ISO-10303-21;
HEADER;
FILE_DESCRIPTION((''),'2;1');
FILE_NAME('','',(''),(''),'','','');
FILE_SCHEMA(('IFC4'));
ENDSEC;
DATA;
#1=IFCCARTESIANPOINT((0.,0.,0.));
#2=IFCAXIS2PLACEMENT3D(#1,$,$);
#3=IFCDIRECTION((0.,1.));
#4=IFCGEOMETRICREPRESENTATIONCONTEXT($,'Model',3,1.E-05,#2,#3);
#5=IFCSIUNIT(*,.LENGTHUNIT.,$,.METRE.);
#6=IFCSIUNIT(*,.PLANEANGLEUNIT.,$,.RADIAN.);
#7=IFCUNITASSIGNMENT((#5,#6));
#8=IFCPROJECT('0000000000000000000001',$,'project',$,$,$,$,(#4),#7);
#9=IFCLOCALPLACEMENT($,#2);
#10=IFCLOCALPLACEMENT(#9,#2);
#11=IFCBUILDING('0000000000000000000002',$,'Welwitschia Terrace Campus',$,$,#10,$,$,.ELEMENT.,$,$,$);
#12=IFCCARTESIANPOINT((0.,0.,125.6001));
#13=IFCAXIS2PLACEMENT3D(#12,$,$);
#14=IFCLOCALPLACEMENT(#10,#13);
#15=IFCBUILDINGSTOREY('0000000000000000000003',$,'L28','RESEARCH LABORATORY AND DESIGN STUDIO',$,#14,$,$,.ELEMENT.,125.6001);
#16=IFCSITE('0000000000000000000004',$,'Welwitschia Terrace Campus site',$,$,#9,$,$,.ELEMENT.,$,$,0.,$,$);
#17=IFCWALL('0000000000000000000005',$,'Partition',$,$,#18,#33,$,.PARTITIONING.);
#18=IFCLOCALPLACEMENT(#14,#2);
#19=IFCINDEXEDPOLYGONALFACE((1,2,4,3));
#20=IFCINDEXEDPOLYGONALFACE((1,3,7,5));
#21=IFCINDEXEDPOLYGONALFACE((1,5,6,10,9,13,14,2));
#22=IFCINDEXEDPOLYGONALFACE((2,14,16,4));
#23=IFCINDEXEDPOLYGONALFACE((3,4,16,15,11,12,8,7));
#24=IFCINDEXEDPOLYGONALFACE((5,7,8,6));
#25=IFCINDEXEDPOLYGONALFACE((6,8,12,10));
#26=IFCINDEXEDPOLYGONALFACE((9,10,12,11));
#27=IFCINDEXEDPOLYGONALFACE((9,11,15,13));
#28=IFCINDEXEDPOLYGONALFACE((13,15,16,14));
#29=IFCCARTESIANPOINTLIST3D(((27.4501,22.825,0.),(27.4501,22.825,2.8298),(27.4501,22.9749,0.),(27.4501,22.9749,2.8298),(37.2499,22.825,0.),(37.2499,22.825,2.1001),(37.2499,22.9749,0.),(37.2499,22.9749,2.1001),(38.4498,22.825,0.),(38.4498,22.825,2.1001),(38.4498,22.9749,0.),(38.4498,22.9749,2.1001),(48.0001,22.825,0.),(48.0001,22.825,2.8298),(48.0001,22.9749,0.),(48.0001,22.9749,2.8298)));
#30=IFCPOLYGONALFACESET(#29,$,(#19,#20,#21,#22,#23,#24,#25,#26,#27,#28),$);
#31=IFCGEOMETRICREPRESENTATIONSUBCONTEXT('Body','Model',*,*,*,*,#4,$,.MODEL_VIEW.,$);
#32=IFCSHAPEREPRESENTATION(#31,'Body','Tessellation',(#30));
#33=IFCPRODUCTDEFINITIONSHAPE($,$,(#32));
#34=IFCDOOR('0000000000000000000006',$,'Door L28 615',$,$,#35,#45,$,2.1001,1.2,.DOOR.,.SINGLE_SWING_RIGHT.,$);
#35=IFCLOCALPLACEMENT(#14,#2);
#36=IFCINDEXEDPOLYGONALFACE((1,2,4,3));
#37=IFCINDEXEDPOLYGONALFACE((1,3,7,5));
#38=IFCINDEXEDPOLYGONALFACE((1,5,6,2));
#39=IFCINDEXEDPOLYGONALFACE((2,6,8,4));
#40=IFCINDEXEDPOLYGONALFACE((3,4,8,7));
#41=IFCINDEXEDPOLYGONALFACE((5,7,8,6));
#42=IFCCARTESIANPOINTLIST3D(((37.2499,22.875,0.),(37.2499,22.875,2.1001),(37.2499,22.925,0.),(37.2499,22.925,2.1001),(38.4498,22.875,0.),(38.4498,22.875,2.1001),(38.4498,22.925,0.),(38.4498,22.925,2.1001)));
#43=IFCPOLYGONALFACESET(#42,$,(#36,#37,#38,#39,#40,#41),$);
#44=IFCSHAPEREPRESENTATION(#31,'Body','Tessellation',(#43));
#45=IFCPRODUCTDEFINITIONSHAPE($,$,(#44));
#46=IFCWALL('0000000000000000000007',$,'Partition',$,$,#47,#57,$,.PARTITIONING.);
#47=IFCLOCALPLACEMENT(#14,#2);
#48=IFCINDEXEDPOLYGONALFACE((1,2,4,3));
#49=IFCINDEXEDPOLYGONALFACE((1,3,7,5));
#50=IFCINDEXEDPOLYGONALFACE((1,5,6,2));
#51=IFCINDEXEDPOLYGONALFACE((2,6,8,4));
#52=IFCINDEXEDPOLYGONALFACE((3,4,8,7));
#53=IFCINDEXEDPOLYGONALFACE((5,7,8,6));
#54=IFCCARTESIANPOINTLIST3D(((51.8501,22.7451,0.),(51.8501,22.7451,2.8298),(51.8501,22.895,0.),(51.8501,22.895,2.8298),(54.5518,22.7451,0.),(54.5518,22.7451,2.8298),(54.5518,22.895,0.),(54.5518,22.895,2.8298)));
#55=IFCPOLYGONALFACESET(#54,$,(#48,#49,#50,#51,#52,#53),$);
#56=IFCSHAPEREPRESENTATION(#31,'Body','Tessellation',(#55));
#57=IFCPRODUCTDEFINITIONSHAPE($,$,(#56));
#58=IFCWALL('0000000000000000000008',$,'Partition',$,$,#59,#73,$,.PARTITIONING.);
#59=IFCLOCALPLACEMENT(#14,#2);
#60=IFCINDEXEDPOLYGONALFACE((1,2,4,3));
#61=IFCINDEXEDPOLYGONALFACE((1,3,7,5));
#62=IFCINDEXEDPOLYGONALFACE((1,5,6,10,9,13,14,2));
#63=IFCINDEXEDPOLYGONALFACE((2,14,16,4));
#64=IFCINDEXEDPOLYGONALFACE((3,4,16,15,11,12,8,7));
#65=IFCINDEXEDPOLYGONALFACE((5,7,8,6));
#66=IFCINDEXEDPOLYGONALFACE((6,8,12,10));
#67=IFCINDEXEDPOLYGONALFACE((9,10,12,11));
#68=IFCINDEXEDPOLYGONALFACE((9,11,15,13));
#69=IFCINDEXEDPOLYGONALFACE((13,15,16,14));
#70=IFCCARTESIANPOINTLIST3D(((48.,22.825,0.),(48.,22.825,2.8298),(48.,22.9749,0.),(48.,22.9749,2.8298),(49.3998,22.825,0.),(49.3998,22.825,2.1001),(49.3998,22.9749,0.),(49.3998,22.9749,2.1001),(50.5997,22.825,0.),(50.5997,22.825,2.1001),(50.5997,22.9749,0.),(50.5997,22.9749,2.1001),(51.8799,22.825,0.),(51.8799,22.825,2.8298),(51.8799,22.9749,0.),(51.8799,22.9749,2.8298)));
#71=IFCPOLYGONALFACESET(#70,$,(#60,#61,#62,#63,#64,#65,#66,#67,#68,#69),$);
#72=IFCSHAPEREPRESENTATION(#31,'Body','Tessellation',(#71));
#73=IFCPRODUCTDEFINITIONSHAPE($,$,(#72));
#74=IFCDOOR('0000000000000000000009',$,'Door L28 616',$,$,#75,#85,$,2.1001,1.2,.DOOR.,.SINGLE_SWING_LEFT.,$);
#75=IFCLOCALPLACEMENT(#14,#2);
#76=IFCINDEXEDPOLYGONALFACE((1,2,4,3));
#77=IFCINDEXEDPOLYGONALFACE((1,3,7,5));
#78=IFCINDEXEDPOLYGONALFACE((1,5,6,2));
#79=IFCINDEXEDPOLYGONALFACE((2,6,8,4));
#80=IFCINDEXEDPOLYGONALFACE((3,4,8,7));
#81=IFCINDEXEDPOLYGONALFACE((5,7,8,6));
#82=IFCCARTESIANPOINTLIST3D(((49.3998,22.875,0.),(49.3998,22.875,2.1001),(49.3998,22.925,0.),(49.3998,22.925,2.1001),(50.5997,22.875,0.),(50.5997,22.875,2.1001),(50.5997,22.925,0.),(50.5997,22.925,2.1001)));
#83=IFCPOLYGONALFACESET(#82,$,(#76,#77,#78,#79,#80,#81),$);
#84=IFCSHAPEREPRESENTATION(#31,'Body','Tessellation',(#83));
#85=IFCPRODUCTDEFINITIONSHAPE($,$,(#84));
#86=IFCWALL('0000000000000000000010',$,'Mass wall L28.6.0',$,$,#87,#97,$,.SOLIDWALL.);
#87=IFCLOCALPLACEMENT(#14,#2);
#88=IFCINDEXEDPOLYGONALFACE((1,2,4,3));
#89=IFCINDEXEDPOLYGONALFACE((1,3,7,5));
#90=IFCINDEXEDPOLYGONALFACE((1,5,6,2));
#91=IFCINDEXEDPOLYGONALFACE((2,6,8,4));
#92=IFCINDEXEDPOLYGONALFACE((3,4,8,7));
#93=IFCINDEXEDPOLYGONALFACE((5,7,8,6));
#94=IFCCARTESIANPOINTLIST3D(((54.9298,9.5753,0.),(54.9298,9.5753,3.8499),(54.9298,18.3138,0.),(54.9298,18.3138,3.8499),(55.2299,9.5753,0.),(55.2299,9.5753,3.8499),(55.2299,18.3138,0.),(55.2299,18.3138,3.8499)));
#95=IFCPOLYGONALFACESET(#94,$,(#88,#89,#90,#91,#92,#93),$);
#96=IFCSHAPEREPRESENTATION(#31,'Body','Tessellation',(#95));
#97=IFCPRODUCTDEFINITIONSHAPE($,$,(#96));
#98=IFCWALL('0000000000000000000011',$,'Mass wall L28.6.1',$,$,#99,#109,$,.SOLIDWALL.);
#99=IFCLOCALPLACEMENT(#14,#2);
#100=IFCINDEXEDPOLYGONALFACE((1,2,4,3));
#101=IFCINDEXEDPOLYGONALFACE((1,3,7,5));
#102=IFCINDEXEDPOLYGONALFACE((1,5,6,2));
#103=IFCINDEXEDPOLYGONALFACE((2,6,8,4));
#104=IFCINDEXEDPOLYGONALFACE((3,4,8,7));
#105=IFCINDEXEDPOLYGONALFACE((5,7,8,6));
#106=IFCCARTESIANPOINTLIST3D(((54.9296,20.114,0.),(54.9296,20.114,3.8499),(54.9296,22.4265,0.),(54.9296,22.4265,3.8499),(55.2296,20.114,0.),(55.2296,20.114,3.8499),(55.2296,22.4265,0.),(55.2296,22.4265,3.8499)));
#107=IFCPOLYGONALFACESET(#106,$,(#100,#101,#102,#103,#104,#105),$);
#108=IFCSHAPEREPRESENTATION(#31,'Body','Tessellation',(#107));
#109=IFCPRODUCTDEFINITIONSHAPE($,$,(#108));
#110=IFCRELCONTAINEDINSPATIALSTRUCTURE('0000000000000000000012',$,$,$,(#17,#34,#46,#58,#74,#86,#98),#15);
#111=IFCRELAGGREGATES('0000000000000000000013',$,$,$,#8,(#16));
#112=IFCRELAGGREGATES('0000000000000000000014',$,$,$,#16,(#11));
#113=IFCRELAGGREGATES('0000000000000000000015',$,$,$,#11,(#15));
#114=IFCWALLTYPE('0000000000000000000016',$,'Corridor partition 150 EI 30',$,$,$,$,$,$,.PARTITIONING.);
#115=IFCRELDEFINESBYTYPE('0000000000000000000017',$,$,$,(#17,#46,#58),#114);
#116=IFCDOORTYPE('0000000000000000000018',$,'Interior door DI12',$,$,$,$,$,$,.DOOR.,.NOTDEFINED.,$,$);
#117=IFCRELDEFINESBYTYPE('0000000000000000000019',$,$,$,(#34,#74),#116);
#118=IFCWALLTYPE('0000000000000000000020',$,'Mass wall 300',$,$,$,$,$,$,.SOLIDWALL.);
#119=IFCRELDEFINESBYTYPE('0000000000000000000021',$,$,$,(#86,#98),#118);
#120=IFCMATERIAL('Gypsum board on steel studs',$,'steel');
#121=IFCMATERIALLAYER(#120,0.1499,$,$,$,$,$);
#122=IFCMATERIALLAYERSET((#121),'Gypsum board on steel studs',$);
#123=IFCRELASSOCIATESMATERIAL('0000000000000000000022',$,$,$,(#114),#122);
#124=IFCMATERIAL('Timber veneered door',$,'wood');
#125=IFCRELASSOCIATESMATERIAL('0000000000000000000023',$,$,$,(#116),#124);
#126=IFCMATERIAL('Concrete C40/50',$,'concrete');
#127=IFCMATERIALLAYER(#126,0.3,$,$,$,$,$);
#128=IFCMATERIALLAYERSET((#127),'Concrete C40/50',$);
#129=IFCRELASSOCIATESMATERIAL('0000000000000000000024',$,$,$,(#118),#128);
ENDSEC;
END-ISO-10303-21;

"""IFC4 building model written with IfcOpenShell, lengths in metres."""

from ifc_helpers import new_model, si_unit, direction, frame, frame_2d, origin, place, context, subcontext, project, spatial, rectangle, extrude, material, layer, layer_set, type_object, element, fill, save


model = new_model("IFC4")

# Units and contexts
model_context = context("Model", 3, precision=1e-05, world=origin(), true_north=direction((0.0, 1.0)))
body_context = subcontext(model_context, "Body", "Model", "MODEL_VIEW")
ifc_project = project(units=[si_unit("LENGTHUNIT", "METRE"), si_unit("PLANEANGLEUNIT", "RADIAN")], contexts=[model_context])

# Site, building, storey
site_placement = place(None, origin())
site = spatial("IfcSite", under=ifc_project, at=site_placement, Name="Welwitschia Terrace Campus site", CompositionType="ELEMENT", RefElevation=0.0)
building_placement = place(site_placement, origin())
building = spatial("IfcBuilding", under=site, at=building_placement, Name="Welwitschia Terrace Campus", CompositionType="ELEMENT")
storey_placement = place(building_placement, frame((0.0, 0.0, 125.6001)))
storey = spatial("IfcBuildingStorey", under=building, at=storey_placement, Name="L28", Description="RESEARCH LABORATORY AND DESIGN STUDIO", CompositionType="ELEMENT", Elevation=125.6001)

# Wall, opening, door
ifc_material_1 = material(Name="Gypsum board on steel studs", Category="steel")
ifc_layer_1 = layer(ifc_material_1, 0.1499)
ifc_layer_set_1 = layer_set([ifc_layer_1], Name="Gypsum board on steel studs")
wall_type_1 = type_object("IfcWallType", Name="Corridor partition 150 EI 30", PredefinedType="PARTITIONING", material=ifc_layer_set_1)
wall_1_placement = place(storey_placement, frame((48.0, 22.8999, 0.0), z_axis=(0.0, 0.0, 1.0), x_axis=(-1.0, 0.0, 0.0)))
wall_1 = element("IfcWall", 1, at=wall_1_placement, inside=storey, type_object=wall_type_1, Name="Partition", PredefinedType="PARTITIONING", context=body_context, shape_type="SweptSolid", body=[
    extrude(rectangle(XDim=20.55, YDim=0.1499, at=frame_2d((10.2749, 0.0))), origin(), (0.0, 0.0, 1.0), 2.8298),
])
opening_1_placement = place(wall_1_placement, frame((9.55, 0.0, 0.0)))
opening_1 = element("IfcOpeningElement", 2, at=opening_1_placement, cuts=wall_1, PredefinedType="OPENING", context=body_context, shape_type="SweptSolid", body=[
    extrude(rectangle(XDim=1.2, YDim=2.1001, at=frame_2d((0.6001, 1.05))), frame((0.0, 0.085, 0.0), z_axis=(0.0, -1.0, 0.0), x_axis=(1.0, 0.0, 0.0)), (0.0, 0.0, 1.0), 0.1699),
])
ifc_material_2 = material(Name="Timber veneered door", Category="wood")
door_type = type_object("IfcDoorType", Name="Interior door DI12", OperationType="NOTDEFINED", PredefinedType="DOOR", material=ifc_material_2)
door_1_placement = place(opening_1_placement, origin())
door_1 = element("IfcDoor", 3, at=door_1_placement, inside=storey, type_object=door_type, Name="Door L28 615", OperationType="SINGLE_SWING_RIGHT", OverallHeight=2.1001, OverallWidth=1.2, PredefinedType="DOOR", context=body_context, shape_type="SweptSolid", body=[
    extrude(rectangle(XDim=1.2, YDim=2.1001, at=frame_2d((0.6001, 1.05))), frame((0.0, 0.0249, 0.0), z_axis=(0.0, -1.0, 0.0), x_axis=(1.0, 0.0, 0.0)), (0.0, 0.0, 1.0), 0.05),
])
fill(opening_1, door_1)

# Wall
wall_2_placement = place(storey_placement, frame((51.8501, 22.8201, 0.0), z_axis=(0.0, 0.0, 1.0), x_axis=(1.0, 0.0, 0.0)))
element("IfcWall", 4, at=wall_2_placement, inside=storey, type_object=wall_type_1, Name="Partition", PredefinedType="PARTITIONING", context=body_context, shape_type="SweptSolid", body=[
    extrude(rectangle(XDim=2.7017, YDim=0.1499, at=frame_2d((1.3508, 0.0))), origin(), (0.0, 0.0, 1.0), 2.8298),
])

# Wall, opening, door
wall_3_placement = place(storey_placement, frame((51.8799, 22.8999, 0.0), z_axis=(0.0, 0.0, 1.0), x_axis=(-1.0, 0.0, 0.0)))
wall_3 = element("IfcWall", 5, at=wall_3_placement, inside=storey, type_object=wall_type_1, Name="Partition", PredefinedType="PARTITIONING", context=body_context, shape_type="SweptSolid", body=[
    extrude(rectangle(XDim=3.8799, YDim=0.1499, at=frame_2d((1.9399, 0.0))), origin(), (0.0, 0.0, 1.0), 2.8298),
])
opening_2_placement = place(wall_3_placement, frame((1.28, 0.0, 0.0)))
opening_2 = element("IfcOpeningElement", 6, at=opening_2_placement, cuts=wall_3, PredefinedType="OPENING", context=body_context, shape_type="SweptSolid", body=[
    extrude(rectangle(XDim=1.2, YDim=2.1001, at=frame_2d((0.6001, 1.05))), frame((0.0, 0.085, 0.0), z_axis=(0.0, -1.0, 0.0), x_axis=(1.0, 0.0, 0.0)), (0.0, 0.0, 1.0), 0.1699),
])
door_2_placement = place(opening_2_placement, origin())
door_2 = element("IfcDoor", 7, at=door_2_placement, inside=storey, type_object=door_type, Name="Door L28 616", OperationType="SINGLE_SWING_LEFT", OverallHeight=2.1001, OverallWidth=1.2, PredefinedType="DOOR", context=body_context, shape_type="SweptSolid", body=[
    extrude(rectangle(XDim=1.2, YDim=2.1001, at=frame_2d((0.6001, 1.05))), frame((0.0, 0.0249, 0.0), z_axis=(0.0, -1.0, 0.0), x_axis=(1.0, 0.0, 0.0)), (0.0, 0.0, 1.0), 0.05),
])
fill(opening_2, door_2)

# Walls
ifc_material_3 = material(Name="Concrete C40/50", Category="concrete")
ifc_layer_2 = layer(ifc_material_3, 0.3)
ifc_layer_set_2 = layer_set([ifc_layer_2], Name="Concrete C40/50")
wall_type_2 = type_object("IfcWallType", Name="Mass wall 300", PredefinedType="SOLIDWALL", material=ifc_layer_set_2)
wall_4_placement = place(storey_placement, frame((55.0798, 9.5754, 0.0), z_axis=(0.0, 0.0, 1.0), x_axis=(0.0, 1.0, 0.0)))
element("IfcWall", 8, at=wall_4_placement, inside=storey, type_object=wall_type_2, Name="Mass wall L28.6.0", PredefinedType="SOLIDWALL", context=body_context, shape_type="SweptSolid", body=[
    extrude(rectangle(XDim=8.7385, YDim=0.3, at=frame_2d((4.3691, 0.0))), origin(), (0.0, 0.0, 1.0), 3.8499),
])
wall_5_placement = place(storey_placement, frame((55.0796, 20.114, 0.0), z_axis=(0.0, 0.0, 1.0), x_axis=(0.0, 1.0, 0.0)))
element("IfcWall", 9, at=wall_5_placement, inside=storey, type_object=wall_type_2, Name="Mass wall L28.6.1", PredefinedType="SOLIDWALL", context=body_context, shape_type="SweptSolid", body=[
    extrude(rectangle(XDim=2.3125, YDim=0.3, at=frame_2d((1.1562, 0.0))), origin(), (0.0, 0.0, 1.0), 3.8499),
])

save(model, "model.ifc")
